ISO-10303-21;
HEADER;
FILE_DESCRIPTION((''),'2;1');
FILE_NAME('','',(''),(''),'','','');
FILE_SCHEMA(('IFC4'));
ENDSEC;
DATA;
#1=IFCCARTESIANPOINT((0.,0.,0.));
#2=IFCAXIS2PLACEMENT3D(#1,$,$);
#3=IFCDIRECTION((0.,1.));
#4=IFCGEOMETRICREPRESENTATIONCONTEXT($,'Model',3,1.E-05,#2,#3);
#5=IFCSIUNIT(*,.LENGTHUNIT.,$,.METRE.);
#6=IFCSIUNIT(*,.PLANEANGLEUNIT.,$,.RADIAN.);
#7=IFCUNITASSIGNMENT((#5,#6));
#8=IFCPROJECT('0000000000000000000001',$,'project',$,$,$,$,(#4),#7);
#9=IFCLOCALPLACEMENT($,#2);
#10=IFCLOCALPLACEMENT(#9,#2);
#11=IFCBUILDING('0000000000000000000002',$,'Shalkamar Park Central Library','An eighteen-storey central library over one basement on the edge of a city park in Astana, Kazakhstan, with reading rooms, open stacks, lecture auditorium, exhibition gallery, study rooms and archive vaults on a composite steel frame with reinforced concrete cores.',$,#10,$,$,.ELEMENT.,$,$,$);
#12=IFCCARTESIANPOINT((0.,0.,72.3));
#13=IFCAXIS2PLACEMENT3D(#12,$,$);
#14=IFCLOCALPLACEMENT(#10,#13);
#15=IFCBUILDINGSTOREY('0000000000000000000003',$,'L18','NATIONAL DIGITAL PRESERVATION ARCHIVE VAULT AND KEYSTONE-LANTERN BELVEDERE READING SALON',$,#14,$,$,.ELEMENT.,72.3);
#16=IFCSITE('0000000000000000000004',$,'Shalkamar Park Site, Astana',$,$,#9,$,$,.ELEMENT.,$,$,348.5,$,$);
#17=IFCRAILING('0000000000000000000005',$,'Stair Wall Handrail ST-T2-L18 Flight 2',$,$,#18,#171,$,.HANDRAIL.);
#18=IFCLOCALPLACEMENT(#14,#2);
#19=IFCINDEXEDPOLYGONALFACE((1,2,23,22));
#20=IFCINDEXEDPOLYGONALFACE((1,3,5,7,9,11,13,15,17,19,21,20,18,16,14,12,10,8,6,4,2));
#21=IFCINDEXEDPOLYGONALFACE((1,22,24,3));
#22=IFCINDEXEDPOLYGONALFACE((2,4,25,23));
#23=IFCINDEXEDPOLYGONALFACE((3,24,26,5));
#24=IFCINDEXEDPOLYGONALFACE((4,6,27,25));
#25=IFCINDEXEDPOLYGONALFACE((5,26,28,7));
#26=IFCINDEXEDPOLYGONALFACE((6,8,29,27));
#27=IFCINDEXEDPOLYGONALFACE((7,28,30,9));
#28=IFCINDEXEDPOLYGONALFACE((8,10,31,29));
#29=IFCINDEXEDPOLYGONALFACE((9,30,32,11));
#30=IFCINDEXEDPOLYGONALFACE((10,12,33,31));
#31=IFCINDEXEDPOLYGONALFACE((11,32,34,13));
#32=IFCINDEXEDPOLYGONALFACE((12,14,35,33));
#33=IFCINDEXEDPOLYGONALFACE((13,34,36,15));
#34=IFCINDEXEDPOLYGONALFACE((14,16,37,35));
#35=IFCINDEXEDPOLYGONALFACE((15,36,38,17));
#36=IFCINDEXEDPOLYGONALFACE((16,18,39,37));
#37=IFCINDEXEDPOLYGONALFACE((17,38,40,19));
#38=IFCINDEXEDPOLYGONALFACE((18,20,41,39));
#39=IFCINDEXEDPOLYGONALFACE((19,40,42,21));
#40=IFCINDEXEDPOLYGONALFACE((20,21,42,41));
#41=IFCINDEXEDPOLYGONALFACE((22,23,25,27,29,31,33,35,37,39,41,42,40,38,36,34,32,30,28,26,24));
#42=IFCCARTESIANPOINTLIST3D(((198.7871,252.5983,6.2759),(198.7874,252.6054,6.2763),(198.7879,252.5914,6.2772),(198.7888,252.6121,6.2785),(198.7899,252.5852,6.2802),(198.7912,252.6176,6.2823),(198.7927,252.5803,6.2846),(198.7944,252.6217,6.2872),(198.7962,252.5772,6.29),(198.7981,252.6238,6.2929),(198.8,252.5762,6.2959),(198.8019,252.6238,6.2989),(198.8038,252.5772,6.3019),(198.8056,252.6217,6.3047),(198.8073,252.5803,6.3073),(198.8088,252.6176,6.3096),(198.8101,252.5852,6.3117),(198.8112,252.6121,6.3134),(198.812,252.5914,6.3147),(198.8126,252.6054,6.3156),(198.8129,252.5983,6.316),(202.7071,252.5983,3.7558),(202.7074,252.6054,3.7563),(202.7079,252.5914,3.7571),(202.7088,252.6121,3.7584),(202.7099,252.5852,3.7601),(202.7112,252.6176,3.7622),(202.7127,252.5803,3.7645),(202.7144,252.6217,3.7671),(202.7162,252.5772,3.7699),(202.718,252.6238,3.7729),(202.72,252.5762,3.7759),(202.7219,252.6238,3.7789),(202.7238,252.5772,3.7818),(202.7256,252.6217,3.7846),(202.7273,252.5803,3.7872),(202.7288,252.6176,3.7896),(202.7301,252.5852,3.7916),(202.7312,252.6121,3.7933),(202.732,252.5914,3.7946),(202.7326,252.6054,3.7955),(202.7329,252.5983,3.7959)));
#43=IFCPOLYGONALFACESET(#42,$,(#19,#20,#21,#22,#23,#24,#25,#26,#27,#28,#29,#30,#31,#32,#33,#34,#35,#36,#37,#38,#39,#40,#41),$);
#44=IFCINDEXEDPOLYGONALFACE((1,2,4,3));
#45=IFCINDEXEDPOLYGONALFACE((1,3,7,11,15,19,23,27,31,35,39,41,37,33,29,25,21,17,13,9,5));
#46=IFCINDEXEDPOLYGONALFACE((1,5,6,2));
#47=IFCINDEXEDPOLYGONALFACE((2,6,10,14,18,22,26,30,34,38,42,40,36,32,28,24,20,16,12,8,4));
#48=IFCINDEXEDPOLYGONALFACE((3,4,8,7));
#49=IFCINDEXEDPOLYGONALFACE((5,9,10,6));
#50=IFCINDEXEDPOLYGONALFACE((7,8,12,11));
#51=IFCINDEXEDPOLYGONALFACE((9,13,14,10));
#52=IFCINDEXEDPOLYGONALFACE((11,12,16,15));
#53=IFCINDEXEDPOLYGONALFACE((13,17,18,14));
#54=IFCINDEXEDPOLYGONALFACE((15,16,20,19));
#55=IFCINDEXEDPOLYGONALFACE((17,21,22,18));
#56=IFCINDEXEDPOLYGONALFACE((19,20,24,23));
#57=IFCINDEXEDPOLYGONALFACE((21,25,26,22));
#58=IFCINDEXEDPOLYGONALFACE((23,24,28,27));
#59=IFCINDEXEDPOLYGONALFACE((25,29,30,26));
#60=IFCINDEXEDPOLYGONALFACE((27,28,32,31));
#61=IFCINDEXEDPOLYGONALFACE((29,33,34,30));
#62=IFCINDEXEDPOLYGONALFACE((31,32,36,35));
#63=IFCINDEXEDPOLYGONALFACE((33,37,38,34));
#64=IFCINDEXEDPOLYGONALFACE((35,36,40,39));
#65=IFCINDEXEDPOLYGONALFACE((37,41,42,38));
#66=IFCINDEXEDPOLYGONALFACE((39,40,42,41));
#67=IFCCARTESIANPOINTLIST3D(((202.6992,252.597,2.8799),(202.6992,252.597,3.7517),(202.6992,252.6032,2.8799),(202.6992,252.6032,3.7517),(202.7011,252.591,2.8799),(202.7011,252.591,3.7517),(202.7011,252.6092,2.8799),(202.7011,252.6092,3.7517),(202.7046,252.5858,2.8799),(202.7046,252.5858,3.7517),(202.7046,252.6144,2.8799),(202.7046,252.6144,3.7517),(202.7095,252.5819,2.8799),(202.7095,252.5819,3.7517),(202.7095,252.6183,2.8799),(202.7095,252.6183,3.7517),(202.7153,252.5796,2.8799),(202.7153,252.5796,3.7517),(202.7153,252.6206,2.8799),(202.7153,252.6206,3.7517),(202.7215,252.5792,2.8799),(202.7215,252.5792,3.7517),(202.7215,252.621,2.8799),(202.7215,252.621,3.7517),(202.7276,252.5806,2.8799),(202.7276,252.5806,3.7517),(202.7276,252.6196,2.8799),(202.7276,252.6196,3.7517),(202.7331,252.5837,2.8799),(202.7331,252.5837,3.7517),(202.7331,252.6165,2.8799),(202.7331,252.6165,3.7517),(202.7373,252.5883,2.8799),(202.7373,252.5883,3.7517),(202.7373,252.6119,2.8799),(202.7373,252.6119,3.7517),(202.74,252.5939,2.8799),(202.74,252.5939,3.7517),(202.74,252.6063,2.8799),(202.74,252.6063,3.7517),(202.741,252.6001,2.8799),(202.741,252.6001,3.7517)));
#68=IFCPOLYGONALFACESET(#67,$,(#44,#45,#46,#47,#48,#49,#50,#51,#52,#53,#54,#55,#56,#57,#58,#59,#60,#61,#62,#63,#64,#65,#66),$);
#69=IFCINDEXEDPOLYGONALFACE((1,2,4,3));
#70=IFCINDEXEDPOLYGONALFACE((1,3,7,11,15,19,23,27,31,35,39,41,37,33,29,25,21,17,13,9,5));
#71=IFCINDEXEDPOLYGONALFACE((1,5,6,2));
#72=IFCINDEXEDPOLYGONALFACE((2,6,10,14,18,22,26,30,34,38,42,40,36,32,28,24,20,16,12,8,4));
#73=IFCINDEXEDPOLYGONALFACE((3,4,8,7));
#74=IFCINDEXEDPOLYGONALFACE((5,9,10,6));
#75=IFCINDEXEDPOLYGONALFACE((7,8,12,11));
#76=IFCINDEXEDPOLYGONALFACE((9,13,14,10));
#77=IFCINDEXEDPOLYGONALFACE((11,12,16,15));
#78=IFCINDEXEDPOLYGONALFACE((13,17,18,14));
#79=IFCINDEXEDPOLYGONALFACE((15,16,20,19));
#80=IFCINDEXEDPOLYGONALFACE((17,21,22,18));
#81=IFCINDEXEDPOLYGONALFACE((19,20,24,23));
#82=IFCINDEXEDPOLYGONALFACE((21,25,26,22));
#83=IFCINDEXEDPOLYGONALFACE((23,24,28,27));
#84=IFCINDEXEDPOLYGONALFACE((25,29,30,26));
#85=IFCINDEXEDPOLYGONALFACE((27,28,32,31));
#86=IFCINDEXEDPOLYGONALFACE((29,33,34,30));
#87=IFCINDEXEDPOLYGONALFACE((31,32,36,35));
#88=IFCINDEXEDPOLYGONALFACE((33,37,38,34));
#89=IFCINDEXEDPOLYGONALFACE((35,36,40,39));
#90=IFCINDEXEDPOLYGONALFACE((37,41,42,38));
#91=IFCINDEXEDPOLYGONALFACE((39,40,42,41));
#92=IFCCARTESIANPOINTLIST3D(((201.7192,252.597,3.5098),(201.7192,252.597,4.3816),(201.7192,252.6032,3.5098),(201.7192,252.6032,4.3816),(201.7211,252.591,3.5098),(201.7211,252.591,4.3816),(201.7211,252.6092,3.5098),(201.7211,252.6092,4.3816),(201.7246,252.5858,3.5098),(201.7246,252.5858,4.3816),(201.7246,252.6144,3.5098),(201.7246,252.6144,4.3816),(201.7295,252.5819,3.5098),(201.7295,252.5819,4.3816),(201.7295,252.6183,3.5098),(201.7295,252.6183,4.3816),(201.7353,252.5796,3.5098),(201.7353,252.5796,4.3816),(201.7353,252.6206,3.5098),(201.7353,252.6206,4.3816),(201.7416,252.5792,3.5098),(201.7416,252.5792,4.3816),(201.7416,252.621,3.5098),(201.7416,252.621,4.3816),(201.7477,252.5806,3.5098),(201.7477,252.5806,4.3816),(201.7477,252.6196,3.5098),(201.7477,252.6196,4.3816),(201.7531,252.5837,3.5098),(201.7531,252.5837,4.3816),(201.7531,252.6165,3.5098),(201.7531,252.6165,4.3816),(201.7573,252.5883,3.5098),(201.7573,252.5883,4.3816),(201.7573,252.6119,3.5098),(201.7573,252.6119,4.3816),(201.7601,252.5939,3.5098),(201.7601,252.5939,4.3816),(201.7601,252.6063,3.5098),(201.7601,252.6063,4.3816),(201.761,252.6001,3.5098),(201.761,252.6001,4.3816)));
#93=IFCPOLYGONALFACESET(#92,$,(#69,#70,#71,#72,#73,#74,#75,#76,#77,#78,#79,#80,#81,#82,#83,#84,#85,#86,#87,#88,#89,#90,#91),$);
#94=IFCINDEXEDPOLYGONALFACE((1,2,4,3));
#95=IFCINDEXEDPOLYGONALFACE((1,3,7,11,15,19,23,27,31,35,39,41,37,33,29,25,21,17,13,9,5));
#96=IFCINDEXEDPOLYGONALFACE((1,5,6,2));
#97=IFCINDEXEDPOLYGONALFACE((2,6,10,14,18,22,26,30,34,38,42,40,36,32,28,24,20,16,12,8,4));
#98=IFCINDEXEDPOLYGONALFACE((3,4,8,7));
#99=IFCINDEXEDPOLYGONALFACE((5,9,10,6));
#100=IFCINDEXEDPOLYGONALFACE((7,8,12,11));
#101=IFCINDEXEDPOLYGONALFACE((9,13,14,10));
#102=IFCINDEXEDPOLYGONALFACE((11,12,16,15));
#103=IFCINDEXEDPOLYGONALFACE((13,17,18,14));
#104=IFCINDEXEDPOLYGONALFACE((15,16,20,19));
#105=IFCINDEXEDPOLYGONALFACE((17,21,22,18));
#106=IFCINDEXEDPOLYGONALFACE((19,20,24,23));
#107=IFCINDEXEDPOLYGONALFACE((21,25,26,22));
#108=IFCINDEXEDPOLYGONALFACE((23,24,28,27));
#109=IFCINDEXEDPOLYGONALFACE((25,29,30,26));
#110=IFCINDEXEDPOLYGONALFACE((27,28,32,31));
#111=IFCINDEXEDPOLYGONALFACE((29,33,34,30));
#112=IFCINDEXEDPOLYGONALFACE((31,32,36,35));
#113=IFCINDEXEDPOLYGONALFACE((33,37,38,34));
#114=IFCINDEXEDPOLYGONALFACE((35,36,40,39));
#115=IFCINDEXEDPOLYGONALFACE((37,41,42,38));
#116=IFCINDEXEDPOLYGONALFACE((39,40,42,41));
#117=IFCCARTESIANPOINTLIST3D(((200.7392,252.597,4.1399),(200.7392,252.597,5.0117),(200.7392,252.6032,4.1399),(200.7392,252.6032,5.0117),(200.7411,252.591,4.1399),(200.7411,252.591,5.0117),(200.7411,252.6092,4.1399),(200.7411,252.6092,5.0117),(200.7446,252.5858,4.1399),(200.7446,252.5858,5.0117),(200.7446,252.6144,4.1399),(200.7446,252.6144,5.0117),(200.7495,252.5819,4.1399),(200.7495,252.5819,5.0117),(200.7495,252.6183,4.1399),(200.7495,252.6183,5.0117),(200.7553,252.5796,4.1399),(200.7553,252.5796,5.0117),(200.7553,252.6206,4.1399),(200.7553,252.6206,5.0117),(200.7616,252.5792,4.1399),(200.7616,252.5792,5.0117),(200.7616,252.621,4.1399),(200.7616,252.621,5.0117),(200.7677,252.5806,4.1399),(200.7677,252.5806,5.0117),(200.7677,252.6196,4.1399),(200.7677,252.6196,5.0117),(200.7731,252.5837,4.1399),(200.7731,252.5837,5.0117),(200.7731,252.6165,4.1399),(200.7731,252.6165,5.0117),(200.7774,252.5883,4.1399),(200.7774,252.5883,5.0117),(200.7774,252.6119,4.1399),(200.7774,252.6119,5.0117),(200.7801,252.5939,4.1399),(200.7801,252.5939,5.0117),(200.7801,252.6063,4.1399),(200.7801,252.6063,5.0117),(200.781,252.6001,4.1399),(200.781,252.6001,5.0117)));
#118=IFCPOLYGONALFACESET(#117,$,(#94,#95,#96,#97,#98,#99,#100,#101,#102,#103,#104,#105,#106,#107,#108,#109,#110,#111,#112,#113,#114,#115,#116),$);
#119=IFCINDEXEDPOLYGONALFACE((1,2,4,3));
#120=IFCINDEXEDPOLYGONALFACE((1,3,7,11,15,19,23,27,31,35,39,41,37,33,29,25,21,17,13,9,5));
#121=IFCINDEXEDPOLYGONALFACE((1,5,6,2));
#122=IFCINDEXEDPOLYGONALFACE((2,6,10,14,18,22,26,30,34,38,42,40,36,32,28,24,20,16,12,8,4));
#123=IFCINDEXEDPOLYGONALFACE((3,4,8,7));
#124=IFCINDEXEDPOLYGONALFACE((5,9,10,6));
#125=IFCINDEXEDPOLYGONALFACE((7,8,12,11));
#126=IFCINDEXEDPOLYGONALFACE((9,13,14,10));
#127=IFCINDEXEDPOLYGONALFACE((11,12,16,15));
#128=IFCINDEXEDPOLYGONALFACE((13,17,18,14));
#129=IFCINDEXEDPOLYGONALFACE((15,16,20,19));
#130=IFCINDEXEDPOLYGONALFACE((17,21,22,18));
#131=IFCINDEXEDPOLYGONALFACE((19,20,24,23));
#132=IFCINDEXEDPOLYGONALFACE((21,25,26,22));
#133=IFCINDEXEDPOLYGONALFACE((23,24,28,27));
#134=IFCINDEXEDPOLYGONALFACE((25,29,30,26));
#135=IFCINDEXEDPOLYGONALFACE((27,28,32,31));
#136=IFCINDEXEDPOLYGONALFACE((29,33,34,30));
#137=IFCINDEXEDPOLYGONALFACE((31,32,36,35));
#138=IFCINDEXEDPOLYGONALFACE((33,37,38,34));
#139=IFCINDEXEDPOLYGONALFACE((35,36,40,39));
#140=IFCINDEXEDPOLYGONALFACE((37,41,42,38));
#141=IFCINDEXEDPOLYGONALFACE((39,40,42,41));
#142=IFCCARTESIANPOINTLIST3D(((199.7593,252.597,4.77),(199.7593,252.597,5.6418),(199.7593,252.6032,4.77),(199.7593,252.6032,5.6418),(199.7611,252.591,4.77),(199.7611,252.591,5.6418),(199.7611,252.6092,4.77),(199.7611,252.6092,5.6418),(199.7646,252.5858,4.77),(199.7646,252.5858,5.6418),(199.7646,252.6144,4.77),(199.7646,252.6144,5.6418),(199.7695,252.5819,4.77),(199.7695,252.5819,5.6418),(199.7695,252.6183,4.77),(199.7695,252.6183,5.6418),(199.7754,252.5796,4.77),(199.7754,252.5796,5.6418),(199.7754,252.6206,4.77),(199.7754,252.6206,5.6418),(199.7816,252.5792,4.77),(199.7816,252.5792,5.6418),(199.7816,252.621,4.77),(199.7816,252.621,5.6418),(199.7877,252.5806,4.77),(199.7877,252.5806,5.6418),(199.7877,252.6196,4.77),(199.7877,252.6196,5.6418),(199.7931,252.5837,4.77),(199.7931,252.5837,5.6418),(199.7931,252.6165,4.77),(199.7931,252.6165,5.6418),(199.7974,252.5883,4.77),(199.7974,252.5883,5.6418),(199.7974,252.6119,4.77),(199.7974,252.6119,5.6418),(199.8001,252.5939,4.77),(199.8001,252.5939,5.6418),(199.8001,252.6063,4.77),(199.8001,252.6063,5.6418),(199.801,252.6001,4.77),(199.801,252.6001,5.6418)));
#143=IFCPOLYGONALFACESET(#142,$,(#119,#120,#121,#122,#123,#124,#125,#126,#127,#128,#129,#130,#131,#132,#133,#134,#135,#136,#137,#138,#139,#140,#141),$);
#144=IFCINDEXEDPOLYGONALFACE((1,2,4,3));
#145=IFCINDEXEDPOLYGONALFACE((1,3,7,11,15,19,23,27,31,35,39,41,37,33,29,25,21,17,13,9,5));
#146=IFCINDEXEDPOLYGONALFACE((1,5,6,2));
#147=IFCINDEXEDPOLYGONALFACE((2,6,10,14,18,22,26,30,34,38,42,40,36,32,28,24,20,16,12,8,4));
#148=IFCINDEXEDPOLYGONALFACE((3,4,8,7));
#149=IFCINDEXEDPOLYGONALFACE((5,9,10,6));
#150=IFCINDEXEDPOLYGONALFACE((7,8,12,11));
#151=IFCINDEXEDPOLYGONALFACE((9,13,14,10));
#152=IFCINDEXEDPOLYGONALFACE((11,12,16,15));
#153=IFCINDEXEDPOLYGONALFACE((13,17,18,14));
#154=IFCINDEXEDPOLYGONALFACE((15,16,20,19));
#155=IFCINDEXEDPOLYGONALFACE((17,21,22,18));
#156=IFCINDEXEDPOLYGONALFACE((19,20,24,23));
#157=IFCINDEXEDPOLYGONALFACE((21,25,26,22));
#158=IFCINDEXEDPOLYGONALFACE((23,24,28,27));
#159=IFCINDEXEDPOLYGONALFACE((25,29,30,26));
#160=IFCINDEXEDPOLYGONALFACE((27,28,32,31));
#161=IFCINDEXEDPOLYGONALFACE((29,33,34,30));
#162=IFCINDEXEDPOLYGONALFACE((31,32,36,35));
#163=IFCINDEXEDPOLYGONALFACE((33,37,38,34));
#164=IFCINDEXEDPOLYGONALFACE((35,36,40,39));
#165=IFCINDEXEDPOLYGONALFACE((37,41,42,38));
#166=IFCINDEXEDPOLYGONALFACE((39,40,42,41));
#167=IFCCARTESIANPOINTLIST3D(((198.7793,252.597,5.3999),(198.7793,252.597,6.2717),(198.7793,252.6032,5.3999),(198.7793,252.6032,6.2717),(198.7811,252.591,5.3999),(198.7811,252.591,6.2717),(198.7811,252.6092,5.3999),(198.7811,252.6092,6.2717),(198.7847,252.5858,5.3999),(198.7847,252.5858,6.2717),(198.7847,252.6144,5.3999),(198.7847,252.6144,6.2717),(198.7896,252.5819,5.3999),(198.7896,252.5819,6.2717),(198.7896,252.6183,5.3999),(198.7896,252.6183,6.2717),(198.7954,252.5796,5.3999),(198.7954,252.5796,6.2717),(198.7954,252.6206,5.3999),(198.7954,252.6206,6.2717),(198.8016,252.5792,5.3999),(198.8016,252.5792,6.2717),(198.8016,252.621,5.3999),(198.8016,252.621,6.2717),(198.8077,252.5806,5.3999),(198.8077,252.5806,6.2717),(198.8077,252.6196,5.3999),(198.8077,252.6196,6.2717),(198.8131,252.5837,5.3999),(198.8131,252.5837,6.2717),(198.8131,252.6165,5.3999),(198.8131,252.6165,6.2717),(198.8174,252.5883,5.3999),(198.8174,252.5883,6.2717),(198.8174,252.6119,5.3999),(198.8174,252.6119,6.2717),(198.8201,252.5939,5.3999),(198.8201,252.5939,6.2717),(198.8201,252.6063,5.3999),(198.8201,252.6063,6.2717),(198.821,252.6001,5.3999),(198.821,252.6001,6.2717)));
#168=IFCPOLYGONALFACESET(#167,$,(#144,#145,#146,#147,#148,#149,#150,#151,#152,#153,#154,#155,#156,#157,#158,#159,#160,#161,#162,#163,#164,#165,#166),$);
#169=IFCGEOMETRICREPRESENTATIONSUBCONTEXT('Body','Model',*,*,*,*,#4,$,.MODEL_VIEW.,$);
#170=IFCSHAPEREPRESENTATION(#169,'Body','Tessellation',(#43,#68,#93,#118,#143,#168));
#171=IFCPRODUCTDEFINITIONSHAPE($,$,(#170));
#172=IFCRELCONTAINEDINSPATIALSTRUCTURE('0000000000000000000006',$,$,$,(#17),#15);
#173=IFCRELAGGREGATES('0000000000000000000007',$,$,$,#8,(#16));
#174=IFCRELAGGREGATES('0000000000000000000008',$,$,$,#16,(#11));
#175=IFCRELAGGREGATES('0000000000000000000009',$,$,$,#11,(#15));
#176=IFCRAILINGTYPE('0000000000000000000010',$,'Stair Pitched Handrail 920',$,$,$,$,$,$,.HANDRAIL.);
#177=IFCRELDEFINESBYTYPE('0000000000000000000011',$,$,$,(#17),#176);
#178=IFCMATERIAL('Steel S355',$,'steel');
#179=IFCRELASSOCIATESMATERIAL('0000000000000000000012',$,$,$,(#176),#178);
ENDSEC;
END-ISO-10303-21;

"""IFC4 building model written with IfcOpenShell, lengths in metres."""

from ifc_helpers import new_model, si_unit, direction, frame, origin, origin_2d, place, context, subcontext, project, spatial, circle, extrude, material, type_object, element, save


model = new_model("IFC4")

# Units and contexts
model_context = context("Model", 3, precision=1e-05, world=origin(), true_north=direction((0.0, 1.0)))
body_context = subcontext(model_context, "Body", "Model", "MODEL_VIEW")
ifc_project = project(units=[si_unit("LENGTHUNIT", "METRE"), si_unit("PLANEANGLEUNIT", "RADIAN")], contexts=[model_context])

# Site, building, storey
site_placement = place(None, origin())
site = spatial("IfcSite", under=ifc_project, at=site_placement, Name="Shalkamar Park Site, Astana", CompositionType="ELEMENT", RefElevation=348.5)
building_placement = place(site_placement, origin())
building = spatial("IfcBuilding", under=site, at=building_placement, Name="Shalkamar Park Central Library", Description="An eighteen-storey central library over one basement on the edge of a city park in Astana, Kazakhstan, with reading rooms, open stacks, lecture auditorium, exhibition gallery, study rooms and archive vaults on a composite steel frame with reinforced concrete cores.", CompositionType="ELEMENT")
storey_placement = place(building_placement, frame((0.0, 0.0, 72.3)))
storey = spatial("IfcBuildingStorey", under=building, at=storey_placement, Name="L18", Description="NATIONAL DIGITAL PRESERVATION ARCHIVE VAULT AND KEYSTONE-LANTERN BELVEDERE READING SALON", CompositionType="ELEMENT", Elevation=72.3)

# Shared definitions
ifc_material_1 = material(Name="Steel S355", Category="steel")

# Railing
railing_type_1 = type_object("IfcRailingType", Name="Stair Pitched Handrail 920", PredefinedType="HANDRAIL", material=ifc_material_1)
railing_1_placement = place(storey_placement, frame((202.72, 252.6001, 2.8799)))
element("IfcRailing", 1, at=railing_1_placement, inside=storey, type_object=railing_type_1, Name="Stair Wall Handrail ST-T2-L18 Flight 2", PredefinedType="HANDRAIL", context=body_context, shape_type="SweptSolid", body=[
    extrude(circle(Radius=0.0239, at=origin_2d()), frame((0.0, 0.0, 0.896), z_axis=(-0.841172, 0.0, 0.540768), x_axis=(0.0, -1.0, 0.0)), (0.0, 0.0, 1.0), 4.6602),
    extrude(circle(Radius=0.021, at=origin_2d()), origin(), (0.0, 0.0, 1.0), 0.8718),
    extrude(circle(Radius=0.021, at=origin_2d()), frame((-0.98, 0.0, 0.6299)), (0.0, 0.0, 1.0), 0.8718),
    extrude(circle(Radius=0.021, at=origin_2d()), frame((-1.96, 0.0, 1.26)), (0.0, 0.0, 1.0), 0.8718),
    extrude(circle(Radius=0.021, at=origin_2d()), frame((-2.9399, 0.0, 1.8901)), (0.0, 0.0, 1.0), 0.8718),
    extrude(circle(Radius=0.021, at=origin_2d()), frame((-3.9199, 0.0, 2.52)), (0.0, 0.0, 1.0), 0.8718),
])

save(model, "model.ifc")
